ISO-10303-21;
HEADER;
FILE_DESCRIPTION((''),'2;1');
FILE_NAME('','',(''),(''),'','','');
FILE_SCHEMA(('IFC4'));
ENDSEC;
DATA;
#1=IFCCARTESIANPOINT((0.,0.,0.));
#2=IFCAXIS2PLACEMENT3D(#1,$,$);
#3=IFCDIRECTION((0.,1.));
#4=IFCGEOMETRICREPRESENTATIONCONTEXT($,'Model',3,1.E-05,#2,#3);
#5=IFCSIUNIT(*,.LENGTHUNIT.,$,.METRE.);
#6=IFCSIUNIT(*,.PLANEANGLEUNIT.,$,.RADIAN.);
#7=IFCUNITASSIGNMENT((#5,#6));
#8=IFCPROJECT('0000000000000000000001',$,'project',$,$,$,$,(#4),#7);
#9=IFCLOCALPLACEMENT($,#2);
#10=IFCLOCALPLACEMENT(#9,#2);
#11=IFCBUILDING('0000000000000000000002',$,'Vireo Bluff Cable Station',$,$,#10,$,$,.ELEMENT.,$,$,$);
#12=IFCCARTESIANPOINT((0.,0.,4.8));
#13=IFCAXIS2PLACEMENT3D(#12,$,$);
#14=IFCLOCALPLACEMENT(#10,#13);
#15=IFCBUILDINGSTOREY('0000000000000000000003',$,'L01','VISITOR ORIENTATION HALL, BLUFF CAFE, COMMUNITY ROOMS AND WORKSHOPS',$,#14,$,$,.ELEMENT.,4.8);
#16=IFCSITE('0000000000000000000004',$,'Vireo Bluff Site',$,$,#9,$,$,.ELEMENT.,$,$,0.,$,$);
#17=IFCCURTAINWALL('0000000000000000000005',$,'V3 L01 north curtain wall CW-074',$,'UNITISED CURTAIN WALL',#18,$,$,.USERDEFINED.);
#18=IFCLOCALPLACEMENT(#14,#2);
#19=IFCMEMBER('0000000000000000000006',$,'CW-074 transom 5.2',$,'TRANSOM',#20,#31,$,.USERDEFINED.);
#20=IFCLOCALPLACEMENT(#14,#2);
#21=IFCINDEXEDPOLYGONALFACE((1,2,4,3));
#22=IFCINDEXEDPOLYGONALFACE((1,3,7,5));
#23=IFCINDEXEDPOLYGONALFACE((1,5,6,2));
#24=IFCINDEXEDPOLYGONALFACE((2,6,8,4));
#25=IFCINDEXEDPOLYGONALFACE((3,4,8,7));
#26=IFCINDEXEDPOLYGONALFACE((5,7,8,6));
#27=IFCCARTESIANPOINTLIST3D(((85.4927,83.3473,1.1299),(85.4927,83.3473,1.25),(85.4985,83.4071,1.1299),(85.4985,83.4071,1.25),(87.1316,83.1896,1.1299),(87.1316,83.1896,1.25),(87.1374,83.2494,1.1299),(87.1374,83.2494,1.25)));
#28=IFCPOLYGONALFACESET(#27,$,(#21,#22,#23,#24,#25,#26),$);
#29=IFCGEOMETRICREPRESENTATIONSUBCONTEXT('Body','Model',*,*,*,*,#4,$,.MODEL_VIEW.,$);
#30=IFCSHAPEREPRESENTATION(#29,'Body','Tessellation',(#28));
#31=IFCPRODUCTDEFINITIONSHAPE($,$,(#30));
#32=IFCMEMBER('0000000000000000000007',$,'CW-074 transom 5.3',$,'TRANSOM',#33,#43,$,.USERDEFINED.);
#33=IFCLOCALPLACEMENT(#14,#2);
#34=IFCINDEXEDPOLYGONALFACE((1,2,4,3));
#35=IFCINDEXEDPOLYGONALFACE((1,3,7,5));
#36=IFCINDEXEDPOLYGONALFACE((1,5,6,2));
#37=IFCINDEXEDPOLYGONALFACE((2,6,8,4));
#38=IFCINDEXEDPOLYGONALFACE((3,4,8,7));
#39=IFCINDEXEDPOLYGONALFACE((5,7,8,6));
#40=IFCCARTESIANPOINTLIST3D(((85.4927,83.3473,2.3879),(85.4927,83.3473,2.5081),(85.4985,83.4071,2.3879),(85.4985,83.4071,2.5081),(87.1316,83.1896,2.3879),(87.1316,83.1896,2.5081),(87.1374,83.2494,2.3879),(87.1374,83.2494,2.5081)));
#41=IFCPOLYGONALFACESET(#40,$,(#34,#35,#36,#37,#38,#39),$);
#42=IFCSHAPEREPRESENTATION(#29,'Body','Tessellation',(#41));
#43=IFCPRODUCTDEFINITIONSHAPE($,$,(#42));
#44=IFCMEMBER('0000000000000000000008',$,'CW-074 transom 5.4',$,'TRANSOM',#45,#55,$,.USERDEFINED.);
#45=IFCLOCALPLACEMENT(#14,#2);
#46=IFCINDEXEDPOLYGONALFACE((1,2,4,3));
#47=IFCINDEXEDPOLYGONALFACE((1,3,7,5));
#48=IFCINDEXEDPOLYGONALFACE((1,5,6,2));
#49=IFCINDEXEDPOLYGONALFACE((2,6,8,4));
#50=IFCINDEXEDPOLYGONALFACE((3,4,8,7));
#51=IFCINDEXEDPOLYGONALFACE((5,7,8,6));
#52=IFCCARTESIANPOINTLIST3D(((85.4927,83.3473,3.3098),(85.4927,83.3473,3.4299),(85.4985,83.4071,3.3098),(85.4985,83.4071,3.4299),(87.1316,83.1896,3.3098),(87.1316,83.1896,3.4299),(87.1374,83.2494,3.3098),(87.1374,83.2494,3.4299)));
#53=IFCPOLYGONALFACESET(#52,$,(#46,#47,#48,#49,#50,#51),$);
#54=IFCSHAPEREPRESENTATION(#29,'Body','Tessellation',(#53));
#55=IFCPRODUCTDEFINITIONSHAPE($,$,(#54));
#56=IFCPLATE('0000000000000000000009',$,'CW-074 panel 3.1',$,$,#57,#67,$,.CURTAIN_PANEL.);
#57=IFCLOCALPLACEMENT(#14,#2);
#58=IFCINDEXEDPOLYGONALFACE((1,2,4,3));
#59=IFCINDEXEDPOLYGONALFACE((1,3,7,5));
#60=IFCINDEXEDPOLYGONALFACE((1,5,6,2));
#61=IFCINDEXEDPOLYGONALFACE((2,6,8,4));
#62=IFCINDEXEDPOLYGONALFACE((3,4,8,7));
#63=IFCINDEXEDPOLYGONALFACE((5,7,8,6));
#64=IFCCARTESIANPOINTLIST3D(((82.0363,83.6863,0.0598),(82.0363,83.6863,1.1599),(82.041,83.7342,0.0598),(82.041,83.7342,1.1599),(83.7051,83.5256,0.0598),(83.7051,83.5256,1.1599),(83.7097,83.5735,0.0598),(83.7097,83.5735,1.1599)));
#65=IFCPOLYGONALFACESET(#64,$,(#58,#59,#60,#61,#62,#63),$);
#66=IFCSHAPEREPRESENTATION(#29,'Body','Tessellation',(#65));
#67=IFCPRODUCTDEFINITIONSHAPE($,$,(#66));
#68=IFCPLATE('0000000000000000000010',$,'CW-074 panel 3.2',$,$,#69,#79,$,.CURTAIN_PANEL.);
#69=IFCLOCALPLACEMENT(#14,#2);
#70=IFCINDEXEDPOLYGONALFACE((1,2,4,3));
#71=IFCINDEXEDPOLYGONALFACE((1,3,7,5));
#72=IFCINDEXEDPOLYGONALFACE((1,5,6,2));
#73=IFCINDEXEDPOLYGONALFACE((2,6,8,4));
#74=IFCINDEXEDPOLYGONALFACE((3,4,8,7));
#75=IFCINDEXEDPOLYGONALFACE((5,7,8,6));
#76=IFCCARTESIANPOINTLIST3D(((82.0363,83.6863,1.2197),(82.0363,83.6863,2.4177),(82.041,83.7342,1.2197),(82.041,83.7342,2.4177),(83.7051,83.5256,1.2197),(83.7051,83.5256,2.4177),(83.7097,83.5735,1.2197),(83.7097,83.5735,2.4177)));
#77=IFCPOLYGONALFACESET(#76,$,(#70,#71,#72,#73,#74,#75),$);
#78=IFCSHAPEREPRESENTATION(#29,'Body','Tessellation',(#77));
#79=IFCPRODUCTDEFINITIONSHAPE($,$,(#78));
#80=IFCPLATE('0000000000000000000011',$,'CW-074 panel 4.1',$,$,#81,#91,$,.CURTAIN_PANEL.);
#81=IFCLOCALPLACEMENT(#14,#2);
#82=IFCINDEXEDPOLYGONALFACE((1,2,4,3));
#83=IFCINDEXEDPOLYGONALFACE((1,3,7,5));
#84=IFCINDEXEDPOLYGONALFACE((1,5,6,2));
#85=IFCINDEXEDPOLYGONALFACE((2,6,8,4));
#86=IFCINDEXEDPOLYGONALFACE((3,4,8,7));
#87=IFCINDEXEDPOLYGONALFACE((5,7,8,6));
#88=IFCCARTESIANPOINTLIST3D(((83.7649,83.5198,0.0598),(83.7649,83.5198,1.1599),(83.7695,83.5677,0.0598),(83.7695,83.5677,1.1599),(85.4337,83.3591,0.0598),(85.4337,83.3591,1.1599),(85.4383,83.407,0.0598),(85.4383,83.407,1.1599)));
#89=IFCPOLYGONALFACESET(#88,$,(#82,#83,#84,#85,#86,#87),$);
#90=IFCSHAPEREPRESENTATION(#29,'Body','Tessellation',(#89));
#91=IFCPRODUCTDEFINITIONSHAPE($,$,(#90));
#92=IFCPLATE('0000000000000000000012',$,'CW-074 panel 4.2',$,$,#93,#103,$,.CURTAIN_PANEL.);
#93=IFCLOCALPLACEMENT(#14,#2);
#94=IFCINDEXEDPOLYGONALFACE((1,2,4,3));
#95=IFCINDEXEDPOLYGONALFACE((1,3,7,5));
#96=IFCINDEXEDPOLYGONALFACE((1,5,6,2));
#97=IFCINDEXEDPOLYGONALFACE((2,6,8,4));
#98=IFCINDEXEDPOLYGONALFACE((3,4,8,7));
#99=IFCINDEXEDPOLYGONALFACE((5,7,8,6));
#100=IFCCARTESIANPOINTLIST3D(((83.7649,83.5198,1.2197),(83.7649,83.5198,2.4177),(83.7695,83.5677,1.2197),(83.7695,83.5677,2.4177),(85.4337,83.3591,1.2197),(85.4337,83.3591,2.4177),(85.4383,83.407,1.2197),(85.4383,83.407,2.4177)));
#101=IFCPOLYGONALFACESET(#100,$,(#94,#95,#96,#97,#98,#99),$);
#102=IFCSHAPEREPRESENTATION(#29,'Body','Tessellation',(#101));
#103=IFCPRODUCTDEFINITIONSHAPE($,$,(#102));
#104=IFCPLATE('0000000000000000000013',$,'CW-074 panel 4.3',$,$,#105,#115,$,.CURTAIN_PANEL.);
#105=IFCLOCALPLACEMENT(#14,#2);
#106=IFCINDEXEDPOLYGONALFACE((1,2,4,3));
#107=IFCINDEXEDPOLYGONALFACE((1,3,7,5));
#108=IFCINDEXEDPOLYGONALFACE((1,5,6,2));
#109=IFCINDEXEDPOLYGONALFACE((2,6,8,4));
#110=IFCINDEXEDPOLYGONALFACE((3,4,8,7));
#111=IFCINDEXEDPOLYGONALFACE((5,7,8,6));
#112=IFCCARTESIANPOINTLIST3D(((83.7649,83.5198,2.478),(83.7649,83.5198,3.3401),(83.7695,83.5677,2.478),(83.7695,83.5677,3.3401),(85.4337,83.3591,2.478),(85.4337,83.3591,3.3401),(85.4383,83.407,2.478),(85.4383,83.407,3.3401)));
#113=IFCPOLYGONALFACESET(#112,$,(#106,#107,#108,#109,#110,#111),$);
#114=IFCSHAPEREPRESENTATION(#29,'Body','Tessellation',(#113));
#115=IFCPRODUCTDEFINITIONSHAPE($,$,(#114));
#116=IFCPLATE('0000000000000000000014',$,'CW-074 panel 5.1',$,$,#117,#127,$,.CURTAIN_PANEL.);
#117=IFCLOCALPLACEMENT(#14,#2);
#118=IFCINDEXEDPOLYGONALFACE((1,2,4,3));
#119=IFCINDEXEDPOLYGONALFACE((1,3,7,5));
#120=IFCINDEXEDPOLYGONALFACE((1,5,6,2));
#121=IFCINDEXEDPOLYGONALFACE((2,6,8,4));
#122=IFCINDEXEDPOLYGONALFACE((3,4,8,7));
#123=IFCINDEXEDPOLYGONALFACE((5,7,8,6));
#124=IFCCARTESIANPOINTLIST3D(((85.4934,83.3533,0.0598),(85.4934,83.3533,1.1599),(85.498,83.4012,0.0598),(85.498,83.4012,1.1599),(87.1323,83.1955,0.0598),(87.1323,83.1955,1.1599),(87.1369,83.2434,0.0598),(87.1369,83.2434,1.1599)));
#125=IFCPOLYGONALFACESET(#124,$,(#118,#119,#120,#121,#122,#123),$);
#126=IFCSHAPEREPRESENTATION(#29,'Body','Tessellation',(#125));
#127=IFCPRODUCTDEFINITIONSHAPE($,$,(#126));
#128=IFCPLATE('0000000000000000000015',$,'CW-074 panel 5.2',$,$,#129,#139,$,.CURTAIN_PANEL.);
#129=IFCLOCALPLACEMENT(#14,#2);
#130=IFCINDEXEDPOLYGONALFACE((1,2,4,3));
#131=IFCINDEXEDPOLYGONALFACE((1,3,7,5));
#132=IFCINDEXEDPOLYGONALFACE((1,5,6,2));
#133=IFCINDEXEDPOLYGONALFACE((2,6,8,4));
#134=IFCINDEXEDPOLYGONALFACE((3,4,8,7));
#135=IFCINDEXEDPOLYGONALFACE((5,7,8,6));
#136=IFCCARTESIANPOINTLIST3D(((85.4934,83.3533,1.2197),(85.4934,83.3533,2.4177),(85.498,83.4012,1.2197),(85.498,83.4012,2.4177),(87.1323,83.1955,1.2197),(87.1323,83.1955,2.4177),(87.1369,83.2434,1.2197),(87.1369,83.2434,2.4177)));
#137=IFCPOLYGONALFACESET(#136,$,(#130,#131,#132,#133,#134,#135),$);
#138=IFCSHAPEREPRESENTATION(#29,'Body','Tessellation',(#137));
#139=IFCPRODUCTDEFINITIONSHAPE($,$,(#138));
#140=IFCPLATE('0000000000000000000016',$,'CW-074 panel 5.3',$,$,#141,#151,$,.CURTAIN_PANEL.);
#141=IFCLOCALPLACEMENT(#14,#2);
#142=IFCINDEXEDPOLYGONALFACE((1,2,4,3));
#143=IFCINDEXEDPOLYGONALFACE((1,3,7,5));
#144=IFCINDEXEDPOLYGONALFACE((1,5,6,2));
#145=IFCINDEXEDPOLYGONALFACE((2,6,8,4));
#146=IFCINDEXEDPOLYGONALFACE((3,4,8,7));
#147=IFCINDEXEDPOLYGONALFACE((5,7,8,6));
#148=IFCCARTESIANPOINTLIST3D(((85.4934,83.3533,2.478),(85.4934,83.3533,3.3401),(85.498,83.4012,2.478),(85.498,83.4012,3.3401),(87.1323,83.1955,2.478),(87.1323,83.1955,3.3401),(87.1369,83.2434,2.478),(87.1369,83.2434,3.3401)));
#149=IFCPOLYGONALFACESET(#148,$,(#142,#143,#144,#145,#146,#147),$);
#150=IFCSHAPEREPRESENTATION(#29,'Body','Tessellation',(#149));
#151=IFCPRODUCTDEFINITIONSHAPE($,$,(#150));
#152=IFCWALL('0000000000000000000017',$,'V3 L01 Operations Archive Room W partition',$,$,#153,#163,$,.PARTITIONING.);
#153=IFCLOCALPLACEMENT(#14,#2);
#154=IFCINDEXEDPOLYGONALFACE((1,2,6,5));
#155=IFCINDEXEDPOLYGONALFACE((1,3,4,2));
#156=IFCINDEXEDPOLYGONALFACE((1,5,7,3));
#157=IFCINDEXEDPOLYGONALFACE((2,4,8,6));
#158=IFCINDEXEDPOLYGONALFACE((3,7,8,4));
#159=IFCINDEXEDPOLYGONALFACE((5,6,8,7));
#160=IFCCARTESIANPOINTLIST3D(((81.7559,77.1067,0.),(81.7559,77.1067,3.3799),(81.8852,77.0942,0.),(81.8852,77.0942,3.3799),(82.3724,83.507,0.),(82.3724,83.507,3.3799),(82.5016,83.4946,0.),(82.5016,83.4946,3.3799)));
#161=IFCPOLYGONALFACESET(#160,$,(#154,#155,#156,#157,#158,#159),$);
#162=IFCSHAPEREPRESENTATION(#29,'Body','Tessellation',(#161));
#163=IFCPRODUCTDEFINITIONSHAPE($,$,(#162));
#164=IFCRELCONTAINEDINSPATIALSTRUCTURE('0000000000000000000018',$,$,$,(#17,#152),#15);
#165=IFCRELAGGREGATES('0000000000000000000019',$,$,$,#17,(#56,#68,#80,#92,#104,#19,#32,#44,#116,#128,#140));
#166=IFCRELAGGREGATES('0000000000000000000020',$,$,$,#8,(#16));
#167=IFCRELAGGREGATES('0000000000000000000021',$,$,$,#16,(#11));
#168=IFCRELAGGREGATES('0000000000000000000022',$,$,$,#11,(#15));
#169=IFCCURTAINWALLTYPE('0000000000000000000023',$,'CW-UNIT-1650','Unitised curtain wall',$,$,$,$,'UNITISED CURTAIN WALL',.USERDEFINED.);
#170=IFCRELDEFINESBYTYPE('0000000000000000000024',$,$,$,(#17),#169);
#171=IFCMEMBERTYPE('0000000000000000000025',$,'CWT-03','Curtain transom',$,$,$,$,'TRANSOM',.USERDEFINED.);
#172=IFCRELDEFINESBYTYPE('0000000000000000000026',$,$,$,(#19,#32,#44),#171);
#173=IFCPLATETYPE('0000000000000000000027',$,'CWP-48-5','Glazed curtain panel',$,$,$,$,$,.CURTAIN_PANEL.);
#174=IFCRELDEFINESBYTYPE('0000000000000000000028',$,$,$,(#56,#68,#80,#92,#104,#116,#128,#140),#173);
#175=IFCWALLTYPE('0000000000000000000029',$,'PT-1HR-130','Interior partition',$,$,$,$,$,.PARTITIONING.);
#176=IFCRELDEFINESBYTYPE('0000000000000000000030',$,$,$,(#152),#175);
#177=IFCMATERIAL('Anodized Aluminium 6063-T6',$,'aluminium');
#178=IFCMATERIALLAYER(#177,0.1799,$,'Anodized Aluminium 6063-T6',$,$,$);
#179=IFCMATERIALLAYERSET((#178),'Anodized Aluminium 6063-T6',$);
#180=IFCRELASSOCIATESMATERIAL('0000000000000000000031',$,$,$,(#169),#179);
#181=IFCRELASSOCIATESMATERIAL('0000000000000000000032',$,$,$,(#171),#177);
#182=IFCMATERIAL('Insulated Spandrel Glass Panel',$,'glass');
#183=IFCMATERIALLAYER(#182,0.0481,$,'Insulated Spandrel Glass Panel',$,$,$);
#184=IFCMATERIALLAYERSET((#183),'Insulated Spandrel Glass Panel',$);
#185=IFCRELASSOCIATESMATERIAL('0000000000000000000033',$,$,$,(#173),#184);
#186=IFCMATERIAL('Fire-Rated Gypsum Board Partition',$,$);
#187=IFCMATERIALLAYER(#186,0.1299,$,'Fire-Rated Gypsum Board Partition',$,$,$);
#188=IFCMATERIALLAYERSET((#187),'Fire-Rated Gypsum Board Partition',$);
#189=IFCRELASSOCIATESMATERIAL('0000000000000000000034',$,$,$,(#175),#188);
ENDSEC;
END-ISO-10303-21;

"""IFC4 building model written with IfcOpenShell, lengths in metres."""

from ifc_helpers import new_model, si_unit, direction, frame, frame_2d, origin, origin_2d, place, context, subcontext, project, spatial, rectangle, extrude, material, layer, layer_set, material_profile, profile_set, type_object, element, aggregate, save


model = new_model("IFC4")

# Units and contexts
model_context = context("Model", 3, precision=1e-05, world=origin(), true_north=direction((0.0, 1.0)))
body_context = subcontext(model_context, "Body", "Model", "MODEL_VIEW")
ifc_project = project(units=[si_unit("LENGTHUNIT", "METRE"), si_unit("PLANEANGLEUNIT", "RADIAN")], contexts=[model_context])

# Site, building, storey
site_placement = place(None, origin())
site = spatial("IfcSite", under=ifc_project, at=site_placement, Name="Vireo Bluff Site", CompositionType="ELEMENT", RefElevation=0.0)
building_placement = place(site_placement, origin())
building = spatial("IfcBuilding", under=site, at=building_placement, Name="Vireo Bluff Cable Station", CompositionType="ELEMENT")
storey_placement = place(building_placement, frame((0.0, 0.0, 4.8)))
storey = spatial("IfcBuildingStorey", under=building, at=storey_placement, Name="L01", Description="VISITOR ORIENTATION HALL, BLUFF CAFE, COMMUNITY ROOMS AND WORKSHOPS", CompositionType="ELEMENT", Elevation=4.8)

# Curtain wall, members, plates
ifc_material_1 = material(Name="Anodized Aluminium 6063-T6", Category="aluminium")
ifc_layer_1 = layer(ifc_material_1, 0.1799, Name="Anodized Aluminium 6063-T6")
ifc_layer_set_1 = layer_set([ifc_layer_1], Name="Anodized Aluminium 6063-T6")
curtain_wall_type = type_object("IfcCurtainWallType", Name="CW-UNIT-1650", Description="Unitised curtain wall", ElementType="UNITISED CURTAIN WALL", PredefinedType="USERDEFINED", material=ifc_layer_set_1)
curtain_wall_placement = place(storey_placement, origin())
curtain_wall = element("IfcCurtainWall", 1, at=curtain_wall_placement, inside=storey, type_object=curtain_wall_type, Name="V3 L01 north curtain wall CW-074", ObjectType="UNITISED CURTAIN WALL", PredefinedType="USERDEFINED")
ifc_material_profile_1 = material_profile(ifc_material_1, rectangle(XDim=0.0601, YDim=0.1201, at=origin_2d()), Name="ALU-T-60X120")
ifc_profile_set_1 = profile_set([ifc_material_profile_1], Name="Anodized Aluminium 6063-T6")
member_type_1 = type_object("IfcMemberType", Name="CWT-03", Description="Curtain transom", ElementType="TRANSOM", PredefinedType="USERDEFINED", material=ifc_profile_set_1)
member_1_placement = place(storey_placement, frame((85.4956, 83.3772, 1.1899), z_axis=(0.995402, -0.095789, 0.0), x_axis=(0.095789, 0.995402, 0.0)))
member_1 = element("IfcMember", 2, at=member_1_placement, type_object=member_type_1, Name="CW-074 transom 5.2", ObjectType="TRANSOM", PredefinedType="USERDEFINED", context=body_context, shape_type="SweptSolid", body=[
    extrude(rectangle(XDim=0.0601, YDim=0.1201, at=origin_2d()), origin(), (0.0, 0.0, 1.0), 1.6465),
])
member_2_placement = place(storey_placement, frame((85.4956, 83.3772, 2.448), z_axis=(0.995402, -0.095789, 0.0), x_axis=(0.095789, 0.995402, 0.0)))
member_2 = element("IfcMember", 3, at=member_2_placement, type_object=member_type_1, Name="CW-074 transom 5.3", ObjectType="TRANSOM", PredefinedType="USERDEFINED", context=body_context, shape_type="SweptSolid", body=[
    extrude(rectangle(XDim=0.0601, YDim=0.1201, at=origin_2d()), origin(), (0.0, 0.0, 1.0), 1.6465),
])
member_3_placement = place(storey_placement, frame((85.4956, 83.3772, 3.3699), z_axis=(0.995402, -0.095789, 0.0), x_axis=(0.095789, 0.995402, 0.0)))
member_3 = element("IfcMember", 4, at=member_3_placement, type_object=member_type_1, Name="CW-074 transom 5.4", ObjectType="TRANSOM", PredefinedType="USERDEFINED", context=body_context, shape_type="SweptSolid", body=[
    extrude(rectangle(XDim=0.0601, YDim=0.1201, at=origin_2d()), origin(), (0.0, 0.0, 1.0), 1.6465),
])
ifc_material_2 = material(Name="Insulated Spandrel Glass Panel", Category="glass")
ifc_layer_2 = layer(ifc_material_2, 0.0481, Name="Insulated Spandrel Glass Panel")
ifc_layer_set_2 = layer_set([ifc_layer_2], Name="Insulated Spandrel Glass Panel")
plate_type = type_object("IfcPlateType", Name="CWP-48-5", Description="Glazed curtain panel", PredefinedType="CURTAIN_PANEL", material=ifc_layer_set_2)
plate_1_placement = place(storey_placement, frame((82.873, 83.6299, 0.0598), z_axis=(0.0, 0.0, 1.0), x_axis=(0.995396, -0.095846, 0.0)))
plate_1 = element("IfcPlate", 5, at=plate_1_placement, type_object=plate_type, Name="CW-074 panel 3.1", PredefinedType="CURTAIN_PANEL", context=body_context, shape_type="SweptSolid", body=[
    extrude(rectangle(XDim=1.6765, YDim=0.0481, at=origin_2d()), origin(), (0.0, 0.0, 1.0), 1.1001),
])
plate_2_placement = place(storey_placement, frame((82.873, 83.6299, 1.2197), z_axis=(0.0, 0.0, 1.0), x_axis=(0.995396, -0.095846, 0.0)))
plate_2 = element("IfcPlate", 6, at=plate_2_placement, type_object=plate_type, Name="CW-074 panel 3.2", PredefinedType="CURTAIN_PANEL", context=body_context, shape_type="SweptSolid", body=[
    extrude(rectangle(XDim=1.6765, YDim=0.0481, at=origin_2d()), origin(), (0.0, 0.0, 1.0), 1.198),
])
plate_3_placement = place(storey_placement, frame((84.6016, 83.4634, 0.0598), z_axis=(0.0, 0.0, 1.0), x_axis=(0.995396, -0.095846, 0.0)))
plate_3 = element("IfcPlate", 7, at=plate_3_placement, type_object=plate_type, Name="CW-074 panel 4.1", PredefinedType="CURTAIN_PANEL", context=body_context, shape_type="SweptSolid", body=[
    extrude(rectangle(XDim=1.6765, YDim=0.0481, at=origin_2d()), origin(), (0.0, 0.0, 1.0), 1.1001),
])
plate_4_placement = place(storey_placement, frame((84.6016, 83.4634, 1.2197), z_axis=(0.0, 0.0, 1.0), x_axis=(0.995396, -0.095846, 0.0)))
plate_4 = element("IfcPlate", 8, at=plate_4_placement, type_object=plate_type, Name="CW-074 panel 4.2", PredefinedType="CURTAIN_PANEL", context=body_context, shape_type="SweptSolid", body=[
    extrude(rectangle(XDim=1.6765, YDim=0.0481, at=origin_2d()), origin(), (0.0, 0.0, 1.0), 1.198),
])
plate_5_placement = place(storey_placement, frame((84.6016, 83.4634, 2.478), z_axis=(0.0, 0.0, 1.0), x_axis=(0.995396, -0.095846, 0.0)))
plate_5 = element("IfcPlate", 9, at=plate_5_placement, type_object=plate_type, Name="CW-074 panel 4.3", PredefinedType="CURTAIN_PANEL", context=body_context, shape_type="SweptSolid", body=[
    extrude(rectangle(XDim=1.6765, YDim=0.0481, at=origin_2d()), origin(), (0.0, 0.0, 1.0), 0.8621),
])
plate_6_placement = place(storey_placement, frame((86.3152, 83.2983, 0.0598), z_axis=(0.0, 0.0, 1.0), x_axis=(0.995396, -0.095846, 0.0)))
plate_6 = element("IfcPlate", 10, at=plate_6_placement, type_object=plate_type, Name="CW-074 panel 5.1", PredefinedType="CURTAIN_PANEL", context=body_context, shape_type="SweptSolid", body=[
    extrude(rectangle(XDim=1.6465, YDim=0.0481, at=origin_2d()), origin(), (0.0, 0.0, 1.0), 1.1001),
])
plate_7_placement = place(storey_placement, frame((86.3152, 83.2983, 1.2197), z_axis=(0.0, 0.0, 1.0), x_axis=(0.995396, -0.095846, 0.0)))
plate_7 = element("IfcPlate", 11, at=plate_7_placement, type_object=plate_type, Name="CW-074 panel 5.2", PredefinedType="CURTAIN_PANEL", context=body_context, shape_type="SweptSolid", body=[
    extrude(rectangle(XDim=1.6465, YDim=0.0481, at=origin_2d()), origin(), (0.0, 0.0, 1.0), 1.198),
])
plate_8_placement = place(storey_placement, frame((86.3152, 83.2983, 2.478), z_axis=(0.0, 0.0, 1.0), x_axis=(0.995396, -0.095846, 0.0)))
plate_8 = element("IfcPlate", 12, at=plate_8_placement, type_object=plate_type, Name="CW-074 panel 5.3", PredefinedType="CURTAIN_PANEL", context=body_context, shape_type="SweptSolid", body=[
    extrude(rectangle(XDim=1.6465, YDim=0.0481, at=origin_2d()), origin(), (0.0, 0.0, 1.0), 0.8621),
])
aggregate(curtain_wall, [plate_1, plate_2, plate_3, plate_4, plate_5, member_1, member_2, member_3, plate_6, plate_7, plate_8])

# Wall
ifc_material_3 = material(Name="Fire-Rated Gypsum Board Partition")
ifc_layer_3 = layer(ifc_material_3, 0.1299, Name="Fire-Rated Gypsum Board Partition")
ifc_layer_set_3 = layer_set([ifc_layer_3], Name="Fire-Rated Gypsum Board Partition")
wall_type_1 = type_object("IfcWallType", Name="PT-1HR-130", Description="Interior partition", PredefinedType="PARTITIONING", material=ifc_layer_set_3)
wall_1_placement = place(storey_placement, frame((81.8206, 77.1006, 0.0), z_axis=(0.0, 0.0, 1.0), x_axis=(0.095872, 0.995394, 0.0)))
element("IfcWall", 13, at=wall_1_placement, inside=storey, type_object=wall_type_1, Name="V3 L01 Operations Archive Room W partition", PredefinedType="PARTITIONING", context=body_context, shape_type="SweptSolid", body=[
    extrude(rectangle(XDim=6.4299, YDim=0.1299, at=frame_2d((3.2148, 0.0))), origin(), (0.0, 0.0, 1.0), 3.3799),
])

save(model, "model.ifc")
